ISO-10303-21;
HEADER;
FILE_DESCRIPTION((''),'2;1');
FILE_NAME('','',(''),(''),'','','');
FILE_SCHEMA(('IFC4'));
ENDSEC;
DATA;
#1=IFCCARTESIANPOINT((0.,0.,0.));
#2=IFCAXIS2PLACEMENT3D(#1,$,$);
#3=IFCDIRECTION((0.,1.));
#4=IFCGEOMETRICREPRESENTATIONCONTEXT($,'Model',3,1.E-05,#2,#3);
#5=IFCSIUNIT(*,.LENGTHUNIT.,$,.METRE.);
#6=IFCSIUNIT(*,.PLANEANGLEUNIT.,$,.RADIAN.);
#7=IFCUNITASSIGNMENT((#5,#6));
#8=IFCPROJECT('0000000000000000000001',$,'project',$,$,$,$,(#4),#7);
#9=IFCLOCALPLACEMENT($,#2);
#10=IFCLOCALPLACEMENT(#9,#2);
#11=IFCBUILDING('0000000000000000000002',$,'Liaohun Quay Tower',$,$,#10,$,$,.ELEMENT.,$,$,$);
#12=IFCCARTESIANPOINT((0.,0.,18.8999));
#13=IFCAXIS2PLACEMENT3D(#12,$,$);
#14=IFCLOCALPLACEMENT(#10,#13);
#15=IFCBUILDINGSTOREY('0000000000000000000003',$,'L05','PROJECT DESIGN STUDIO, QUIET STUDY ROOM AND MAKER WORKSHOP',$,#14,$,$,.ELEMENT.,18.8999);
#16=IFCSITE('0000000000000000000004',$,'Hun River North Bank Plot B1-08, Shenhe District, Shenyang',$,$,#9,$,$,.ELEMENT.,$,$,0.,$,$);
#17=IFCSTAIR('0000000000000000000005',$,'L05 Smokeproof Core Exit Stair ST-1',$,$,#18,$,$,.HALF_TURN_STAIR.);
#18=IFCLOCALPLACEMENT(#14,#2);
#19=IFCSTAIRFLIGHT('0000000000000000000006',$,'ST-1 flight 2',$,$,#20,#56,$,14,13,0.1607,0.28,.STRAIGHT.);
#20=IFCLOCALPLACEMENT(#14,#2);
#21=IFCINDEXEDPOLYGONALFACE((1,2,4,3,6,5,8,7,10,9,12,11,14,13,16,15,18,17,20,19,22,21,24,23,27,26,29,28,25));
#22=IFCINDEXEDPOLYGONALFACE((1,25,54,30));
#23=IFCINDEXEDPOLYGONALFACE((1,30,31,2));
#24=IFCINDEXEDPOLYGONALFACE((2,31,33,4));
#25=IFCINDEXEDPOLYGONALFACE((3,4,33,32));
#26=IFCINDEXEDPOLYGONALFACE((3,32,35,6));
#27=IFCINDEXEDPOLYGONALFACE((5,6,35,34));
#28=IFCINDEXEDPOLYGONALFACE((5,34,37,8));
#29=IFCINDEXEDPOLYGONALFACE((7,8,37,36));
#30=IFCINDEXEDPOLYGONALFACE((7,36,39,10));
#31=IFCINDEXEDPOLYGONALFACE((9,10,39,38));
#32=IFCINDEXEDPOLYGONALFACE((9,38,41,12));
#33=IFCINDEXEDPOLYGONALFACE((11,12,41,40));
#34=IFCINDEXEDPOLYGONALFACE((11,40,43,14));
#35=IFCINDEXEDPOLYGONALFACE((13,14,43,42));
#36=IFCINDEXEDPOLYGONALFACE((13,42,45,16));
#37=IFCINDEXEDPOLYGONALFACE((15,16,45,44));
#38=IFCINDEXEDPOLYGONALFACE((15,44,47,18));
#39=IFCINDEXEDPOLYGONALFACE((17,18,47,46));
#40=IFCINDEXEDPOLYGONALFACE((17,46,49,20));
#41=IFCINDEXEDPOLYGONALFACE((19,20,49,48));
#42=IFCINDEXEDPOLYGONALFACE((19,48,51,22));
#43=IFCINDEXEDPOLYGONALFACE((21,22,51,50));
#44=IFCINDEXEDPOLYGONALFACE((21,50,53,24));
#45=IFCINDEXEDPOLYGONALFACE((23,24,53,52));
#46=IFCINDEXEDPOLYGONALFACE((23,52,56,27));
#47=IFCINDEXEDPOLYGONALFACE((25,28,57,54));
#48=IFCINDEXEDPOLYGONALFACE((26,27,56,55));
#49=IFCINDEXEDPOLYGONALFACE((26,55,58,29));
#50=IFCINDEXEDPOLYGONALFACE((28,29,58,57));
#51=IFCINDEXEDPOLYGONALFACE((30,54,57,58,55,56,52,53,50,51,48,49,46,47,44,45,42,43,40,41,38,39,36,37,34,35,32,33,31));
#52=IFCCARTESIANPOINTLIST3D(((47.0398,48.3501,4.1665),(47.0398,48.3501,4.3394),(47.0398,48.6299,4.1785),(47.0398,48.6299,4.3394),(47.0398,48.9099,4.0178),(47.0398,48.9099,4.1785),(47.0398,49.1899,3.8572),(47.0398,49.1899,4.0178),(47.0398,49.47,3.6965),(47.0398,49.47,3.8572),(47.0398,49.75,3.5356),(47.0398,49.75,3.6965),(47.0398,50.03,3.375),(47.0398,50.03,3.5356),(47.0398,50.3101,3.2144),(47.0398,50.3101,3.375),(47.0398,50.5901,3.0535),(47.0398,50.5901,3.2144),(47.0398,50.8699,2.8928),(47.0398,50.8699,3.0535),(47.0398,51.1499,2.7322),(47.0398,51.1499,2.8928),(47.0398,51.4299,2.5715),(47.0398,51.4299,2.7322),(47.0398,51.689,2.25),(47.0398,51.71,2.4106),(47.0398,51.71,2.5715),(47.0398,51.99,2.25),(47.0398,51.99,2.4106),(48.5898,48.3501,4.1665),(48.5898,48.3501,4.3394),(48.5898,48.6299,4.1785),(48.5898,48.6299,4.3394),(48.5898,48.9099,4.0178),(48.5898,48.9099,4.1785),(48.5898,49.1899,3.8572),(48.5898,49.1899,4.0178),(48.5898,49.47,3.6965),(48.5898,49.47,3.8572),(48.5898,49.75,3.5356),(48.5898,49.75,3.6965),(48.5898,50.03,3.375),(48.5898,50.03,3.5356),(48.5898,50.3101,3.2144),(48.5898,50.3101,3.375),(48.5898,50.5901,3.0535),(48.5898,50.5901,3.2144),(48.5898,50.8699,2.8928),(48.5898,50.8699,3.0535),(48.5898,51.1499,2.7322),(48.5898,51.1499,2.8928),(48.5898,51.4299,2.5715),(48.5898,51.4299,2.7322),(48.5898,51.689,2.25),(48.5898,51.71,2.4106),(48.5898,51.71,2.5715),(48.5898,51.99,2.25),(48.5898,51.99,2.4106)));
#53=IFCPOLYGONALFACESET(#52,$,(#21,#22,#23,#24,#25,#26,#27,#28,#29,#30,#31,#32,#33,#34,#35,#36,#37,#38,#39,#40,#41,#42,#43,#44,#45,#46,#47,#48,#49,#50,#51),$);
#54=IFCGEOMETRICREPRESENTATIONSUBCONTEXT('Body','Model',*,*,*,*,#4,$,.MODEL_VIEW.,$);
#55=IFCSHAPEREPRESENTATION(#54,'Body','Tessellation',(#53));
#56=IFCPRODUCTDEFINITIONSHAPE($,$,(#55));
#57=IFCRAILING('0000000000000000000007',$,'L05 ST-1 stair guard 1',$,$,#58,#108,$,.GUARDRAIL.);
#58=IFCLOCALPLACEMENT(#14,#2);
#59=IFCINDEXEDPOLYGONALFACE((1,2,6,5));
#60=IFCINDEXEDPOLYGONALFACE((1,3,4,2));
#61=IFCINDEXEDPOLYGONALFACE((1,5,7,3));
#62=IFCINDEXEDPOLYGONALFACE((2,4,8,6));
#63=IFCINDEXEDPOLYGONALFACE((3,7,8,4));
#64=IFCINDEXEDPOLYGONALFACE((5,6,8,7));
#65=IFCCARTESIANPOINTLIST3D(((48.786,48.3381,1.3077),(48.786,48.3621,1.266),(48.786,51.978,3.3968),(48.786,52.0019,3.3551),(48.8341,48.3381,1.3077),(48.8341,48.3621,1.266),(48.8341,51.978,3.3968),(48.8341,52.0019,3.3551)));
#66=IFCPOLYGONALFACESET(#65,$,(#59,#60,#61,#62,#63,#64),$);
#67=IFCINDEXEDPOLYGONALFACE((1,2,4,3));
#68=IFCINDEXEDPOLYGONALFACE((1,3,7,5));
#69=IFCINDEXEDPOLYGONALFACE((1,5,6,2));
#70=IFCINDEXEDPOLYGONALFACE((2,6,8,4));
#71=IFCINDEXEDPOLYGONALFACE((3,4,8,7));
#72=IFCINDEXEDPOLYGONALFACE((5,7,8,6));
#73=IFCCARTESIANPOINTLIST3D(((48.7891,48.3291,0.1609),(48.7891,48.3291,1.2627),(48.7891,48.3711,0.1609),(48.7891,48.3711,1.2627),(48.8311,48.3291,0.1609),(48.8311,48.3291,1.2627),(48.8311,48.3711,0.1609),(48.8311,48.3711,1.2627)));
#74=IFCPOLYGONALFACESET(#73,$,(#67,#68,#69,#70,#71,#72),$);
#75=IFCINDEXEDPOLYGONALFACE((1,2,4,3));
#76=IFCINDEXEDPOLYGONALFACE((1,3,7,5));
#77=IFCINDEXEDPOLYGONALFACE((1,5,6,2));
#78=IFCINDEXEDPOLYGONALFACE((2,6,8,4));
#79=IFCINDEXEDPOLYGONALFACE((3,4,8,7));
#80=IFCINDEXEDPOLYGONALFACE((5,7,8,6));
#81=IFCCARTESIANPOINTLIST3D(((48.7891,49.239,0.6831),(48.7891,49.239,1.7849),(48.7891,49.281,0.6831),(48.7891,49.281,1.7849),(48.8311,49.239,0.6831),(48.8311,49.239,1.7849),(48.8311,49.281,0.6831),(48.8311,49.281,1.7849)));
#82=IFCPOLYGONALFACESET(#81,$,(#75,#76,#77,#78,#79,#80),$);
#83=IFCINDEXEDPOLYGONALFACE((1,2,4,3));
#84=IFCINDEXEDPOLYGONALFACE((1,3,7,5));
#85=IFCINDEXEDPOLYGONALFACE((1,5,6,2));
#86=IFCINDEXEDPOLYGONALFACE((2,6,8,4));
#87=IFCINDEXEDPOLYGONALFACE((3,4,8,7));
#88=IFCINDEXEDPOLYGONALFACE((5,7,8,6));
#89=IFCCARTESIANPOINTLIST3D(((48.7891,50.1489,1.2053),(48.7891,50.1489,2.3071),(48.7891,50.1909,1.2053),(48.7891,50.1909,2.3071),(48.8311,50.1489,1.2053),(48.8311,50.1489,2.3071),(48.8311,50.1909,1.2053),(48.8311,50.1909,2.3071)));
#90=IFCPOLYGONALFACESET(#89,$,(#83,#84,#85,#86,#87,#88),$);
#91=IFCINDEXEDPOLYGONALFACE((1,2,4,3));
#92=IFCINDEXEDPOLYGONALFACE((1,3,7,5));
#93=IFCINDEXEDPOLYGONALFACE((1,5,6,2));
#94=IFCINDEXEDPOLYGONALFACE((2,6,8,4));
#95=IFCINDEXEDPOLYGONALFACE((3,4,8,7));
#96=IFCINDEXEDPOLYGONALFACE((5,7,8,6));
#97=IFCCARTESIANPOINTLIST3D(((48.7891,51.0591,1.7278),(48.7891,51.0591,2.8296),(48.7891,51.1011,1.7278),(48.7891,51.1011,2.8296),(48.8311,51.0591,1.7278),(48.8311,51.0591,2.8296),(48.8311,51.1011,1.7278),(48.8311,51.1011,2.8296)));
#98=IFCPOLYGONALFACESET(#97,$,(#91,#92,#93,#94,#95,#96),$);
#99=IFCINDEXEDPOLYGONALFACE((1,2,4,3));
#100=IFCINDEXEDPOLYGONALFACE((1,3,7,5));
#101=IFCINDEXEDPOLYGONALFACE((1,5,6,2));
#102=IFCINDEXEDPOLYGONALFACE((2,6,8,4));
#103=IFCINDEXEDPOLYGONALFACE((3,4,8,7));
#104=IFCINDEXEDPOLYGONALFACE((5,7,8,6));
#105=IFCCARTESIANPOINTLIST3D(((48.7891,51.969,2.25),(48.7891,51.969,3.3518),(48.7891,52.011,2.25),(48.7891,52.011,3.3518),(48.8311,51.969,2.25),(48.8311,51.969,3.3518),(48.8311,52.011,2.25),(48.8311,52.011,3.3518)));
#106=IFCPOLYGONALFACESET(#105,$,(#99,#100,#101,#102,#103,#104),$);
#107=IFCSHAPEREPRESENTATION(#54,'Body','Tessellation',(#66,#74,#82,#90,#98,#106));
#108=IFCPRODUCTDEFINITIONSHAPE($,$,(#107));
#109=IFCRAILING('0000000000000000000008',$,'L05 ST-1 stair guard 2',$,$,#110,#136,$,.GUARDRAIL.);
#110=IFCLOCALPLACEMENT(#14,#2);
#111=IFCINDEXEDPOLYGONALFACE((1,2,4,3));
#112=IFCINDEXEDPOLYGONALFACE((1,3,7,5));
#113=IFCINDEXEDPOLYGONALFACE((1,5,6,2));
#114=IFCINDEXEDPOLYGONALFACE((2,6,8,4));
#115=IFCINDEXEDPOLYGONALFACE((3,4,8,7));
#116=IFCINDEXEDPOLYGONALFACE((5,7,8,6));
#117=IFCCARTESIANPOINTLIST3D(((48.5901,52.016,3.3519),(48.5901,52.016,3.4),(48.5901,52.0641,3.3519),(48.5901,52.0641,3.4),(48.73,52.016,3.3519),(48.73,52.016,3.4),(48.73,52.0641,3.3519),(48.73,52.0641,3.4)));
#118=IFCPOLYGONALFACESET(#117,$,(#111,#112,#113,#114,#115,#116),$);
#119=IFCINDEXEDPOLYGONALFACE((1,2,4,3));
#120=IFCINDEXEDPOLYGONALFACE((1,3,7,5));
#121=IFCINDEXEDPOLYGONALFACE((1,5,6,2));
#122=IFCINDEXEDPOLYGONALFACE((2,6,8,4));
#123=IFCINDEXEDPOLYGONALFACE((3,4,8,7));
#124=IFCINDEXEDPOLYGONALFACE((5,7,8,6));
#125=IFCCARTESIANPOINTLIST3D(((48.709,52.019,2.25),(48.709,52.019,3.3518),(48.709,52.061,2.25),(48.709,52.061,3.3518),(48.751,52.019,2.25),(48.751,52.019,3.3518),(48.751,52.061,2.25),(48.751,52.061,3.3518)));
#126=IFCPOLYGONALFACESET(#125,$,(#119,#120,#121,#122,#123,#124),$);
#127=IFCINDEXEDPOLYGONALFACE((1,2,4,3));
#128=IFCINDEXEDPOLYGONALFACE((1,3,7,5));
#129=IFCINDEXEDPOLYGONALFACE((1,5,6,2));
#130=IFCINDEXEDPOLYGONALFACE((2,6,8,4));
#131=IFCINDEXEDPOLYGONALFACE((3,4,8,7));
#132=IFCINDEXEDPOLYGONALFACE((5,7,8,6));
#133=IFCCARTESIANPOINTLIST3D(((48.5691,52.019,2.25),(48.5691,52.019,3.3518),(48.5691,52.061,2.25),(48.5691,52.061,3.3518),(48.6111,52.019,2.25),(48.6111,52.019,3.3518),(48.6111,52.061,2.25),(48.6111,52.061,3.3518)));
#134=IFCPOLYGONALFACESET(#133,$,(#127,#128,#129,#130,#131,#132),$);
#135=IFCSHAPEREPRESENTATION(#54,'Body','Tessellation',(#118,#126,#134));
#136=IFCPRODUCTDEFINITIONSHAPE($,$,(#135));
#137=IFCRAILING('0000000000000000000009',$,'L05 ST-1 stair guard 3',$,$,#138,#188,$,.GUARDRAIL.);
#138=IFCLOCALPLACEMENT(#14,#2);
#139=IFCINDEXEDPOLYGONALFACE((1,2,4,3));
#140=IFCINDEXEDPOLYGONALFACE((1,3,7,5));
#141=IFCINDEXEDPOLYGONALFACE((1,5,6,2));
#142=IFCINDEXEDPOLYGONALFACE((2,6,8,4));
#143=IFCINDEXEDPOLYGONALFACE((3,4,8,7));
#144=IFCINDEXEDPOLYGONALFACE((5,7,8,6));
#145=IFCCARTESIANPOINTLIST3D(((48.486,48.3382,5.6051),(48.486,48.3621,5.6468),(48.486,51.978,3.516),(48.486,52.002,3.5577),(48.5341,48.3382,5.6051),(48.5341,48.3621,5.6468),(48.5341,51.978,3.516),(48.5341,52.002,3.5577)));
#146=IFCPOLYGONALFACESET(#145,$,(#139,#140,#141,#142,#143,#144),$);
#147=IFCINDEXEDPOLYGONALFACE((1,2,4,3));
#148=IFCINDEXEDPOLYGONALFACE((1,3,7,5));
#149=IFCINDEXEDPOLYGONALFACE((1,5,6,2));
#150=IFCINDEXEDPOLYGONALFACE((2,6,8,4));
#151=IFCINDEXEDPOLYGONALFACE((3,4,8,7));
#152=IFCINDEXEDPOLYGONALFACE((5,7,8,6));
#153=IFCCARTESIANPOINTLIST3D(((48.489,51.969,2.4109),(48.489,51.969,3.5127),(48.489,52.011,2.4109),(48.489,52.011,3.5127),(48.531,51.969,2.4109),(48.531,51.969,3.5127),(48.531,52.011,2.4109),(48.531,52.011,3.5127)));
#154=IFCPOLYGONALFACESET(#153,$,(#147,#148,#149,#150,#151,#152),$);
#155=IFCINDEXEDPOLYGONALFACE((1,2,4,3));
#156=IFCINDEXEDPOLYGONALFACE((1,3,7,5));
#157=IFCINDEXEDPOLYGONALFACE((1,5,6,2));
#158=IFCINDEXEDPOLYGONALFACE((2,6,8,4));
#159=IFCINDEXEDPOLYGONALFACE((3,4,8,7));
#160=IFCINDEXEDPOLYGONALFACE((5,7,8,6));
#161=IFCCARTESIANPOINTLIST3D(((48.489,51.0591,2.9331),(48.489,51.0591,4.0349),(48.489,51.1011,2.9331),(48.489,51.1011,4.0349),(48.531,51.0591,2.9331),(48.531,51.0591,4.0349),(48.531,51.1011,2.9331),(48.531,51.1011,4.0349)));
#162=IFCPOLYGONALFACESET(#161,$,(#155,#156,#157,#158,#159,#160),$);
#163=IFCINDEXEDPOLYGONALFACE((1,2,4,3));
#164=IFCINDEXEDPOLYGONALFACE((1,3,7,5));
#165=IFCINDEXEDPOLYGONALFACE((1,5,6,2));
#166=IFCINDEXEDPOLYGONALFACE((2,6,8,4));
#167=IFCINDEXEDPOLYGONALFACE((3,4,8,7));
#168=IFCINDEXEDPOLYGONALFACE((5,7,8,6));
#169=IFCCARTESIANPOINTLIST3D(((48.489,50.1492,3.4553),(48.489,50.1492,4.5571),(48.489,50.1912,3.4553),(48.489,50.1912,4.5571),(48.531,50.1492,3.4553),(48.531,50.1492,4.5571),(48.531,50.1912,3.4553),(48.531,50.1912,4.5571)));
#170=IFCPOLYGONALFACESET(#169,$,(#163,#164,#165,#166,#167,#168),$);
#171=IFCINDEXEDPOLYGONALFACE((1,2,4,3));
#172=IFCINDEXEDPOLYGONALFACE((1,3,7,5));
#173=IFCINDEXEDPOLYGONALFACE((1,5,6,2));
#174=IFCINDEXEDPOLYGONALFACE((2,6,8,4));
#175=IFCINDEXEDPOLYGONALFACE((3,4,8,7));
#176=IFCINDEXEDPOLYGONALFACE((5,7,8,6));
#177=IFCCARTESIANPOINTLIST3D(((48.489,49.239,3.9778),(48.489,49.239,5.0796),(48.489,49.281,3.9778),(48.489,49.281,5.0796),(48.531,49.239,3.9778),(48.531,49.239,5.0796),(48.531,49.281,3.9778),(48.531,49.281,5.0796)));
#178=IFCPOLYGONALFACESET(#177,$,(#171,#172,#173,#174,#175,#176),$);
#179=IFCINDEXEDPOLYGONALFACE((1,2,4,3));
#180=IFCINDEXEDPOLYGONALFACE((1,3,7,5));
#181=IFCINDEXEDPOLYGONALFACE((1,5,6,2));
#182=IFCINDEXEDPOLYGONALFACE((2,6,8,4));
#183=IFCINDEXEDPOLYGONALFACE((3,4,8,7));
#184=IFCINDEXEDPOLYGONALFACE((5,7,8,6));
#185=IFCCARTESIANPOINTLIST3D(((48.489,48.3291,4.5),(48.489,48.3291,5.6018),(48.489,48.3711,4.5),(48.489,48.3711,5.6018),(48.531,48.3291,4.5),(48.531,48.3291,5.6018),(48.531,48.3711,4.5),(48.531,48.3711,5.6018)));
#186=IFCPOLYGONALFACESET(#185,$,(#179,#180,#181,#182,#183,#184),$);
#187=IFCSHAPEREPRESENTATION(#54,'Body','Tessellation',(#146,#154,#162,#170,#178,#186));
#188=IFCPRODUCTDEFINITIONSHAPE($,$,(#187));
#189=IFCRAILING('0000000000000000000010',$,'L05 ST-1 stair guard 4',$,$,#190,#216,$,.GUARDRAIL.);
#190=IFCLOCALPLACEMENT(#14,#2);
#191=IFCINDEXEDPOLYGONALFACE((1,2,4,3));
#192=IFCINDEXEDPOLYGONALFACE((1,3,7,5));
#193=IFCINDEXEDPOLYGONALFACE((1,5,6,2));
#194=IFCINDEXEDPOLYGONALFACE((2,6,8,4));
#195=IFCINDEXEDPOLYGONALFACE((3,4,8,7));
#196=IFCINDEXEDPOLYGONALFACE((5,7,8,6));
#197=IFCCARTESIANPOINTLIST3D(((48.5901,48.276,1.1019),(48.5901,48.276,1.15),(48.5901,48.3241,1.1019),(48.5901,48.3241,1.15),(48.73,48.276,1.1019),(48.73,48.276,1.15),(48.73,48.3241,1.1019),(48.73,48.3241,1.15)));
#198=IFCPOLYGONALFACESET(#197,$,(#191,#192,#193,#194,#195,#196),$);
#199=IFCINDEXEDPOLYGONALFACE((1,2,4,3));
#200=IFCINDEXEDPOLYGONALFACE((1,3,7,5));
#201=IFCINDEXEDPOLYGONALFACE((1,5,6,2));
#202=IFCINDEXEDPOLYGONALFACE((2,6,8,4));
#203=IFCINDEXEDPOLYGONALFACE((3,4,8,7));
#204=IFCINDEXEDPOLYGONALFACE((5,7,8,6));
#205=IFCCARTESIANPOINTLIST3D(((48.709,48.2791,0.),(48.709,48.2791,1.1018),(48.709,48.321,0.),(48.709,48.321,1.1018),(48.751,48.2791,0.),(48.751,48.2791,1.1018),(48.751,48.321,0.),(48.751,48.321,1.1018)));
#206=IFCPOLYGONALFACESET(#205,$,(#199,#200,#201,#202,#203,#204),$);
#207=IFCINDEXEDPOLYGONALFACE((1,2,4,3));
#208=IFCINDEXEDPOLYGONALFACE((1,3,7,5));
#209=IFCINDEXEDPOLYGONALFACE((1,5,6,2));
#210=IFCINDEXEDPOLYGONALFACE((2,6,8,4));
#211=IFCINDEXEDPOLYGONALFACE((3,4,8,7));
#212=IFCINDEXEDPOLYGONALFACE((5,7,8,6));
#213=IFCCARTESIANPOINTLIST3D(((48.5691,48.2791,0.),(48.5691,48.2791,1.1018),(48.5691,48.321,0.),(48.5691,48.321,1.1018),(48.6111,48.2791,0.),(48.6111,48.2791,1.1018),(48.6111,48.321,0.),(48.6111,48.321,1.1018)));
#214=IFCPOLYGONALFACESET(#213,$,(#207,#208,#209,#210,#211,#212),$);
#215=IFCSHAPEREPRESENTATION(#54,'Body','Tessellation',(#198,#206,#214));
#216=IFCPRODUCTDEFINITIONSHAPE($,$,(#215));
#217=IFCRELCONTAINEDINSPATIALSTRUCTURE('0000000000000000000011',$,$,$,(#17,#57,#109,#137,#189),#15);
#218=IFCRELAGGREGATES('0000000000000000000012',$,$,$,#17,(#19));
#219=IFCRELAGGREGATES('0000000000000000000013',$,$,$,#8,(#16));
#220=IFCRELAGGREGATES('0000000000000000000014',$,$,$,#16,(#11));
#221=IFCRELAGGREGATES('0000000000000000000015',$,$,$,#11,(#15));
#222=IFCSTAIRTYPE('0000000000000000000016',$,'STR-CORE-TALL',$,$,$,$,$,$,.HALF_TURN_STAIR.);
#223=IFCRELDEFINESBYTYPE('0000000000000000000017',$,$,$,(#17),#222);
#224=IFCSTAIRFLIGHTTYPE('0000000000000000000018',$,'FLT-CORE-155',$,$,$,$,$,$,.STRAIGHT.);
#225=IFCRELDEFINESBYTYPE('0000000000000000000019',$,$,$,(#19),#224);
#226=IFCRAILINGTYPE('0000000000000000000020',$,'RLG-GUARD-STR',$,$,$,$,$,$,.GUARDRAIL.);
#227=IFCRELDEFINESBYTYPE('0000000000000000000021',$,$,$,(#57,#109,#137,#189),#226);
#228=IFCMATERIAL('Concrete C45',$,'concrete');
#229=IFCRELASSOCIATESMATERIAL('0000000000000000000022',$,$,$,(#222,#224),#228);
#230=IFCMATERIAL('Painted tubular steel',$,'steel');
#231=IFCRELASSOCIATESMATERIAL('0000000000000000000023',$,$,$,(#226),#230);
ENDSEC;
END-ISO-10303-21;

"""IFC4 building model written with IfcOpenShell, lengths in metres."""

from ifc_helpers import new_model, si_unit, direction, frame, origin, origin_2d, place, context, subcontext, project, spatial, polyline, rectangle, outline, extrude, material, type_object, element, aggregate, save


model = new_model("IFC4")

# Units and contexts
model_context = context("Model", 3, precision=1e-05, world=origin(), true_north=direction((0.0, 1.0)))
body_context = subcontext(model_context, "Body", "Model", "MODEL_VIEW")
ifc_project = project(units=[si_unit("LENGTHUNIT", "METRE"), si_unit("PLANEANGLEUNIT", "RADIAN")], contexts=[model_context])

# Site, building, storey
site_placement = place(None, origin())
site = spatial("IfcSite", under=ifc_project, at=site_placement, Name="Hun River North Bank Plot B1-08, Shenhe District, Shenyang", CompositionType="ELEMENT", RefElevation=0.0)
building_placement = place(site_placement, origin())
building = spatial("IfcBuilding", under=site, at=building_placement, Name="Liaohun Quay Tower", CompositionType="ELEMENT")
storey_placement = place(building_placement, frame((0.0, 0.0, 18.8999)))
storey = spatial("IfcBuildingStorey", under=building, at=storey_placement, Name="L05", Description="PROJECT DESIGN STUDIO, QUIET STUDY ROOM AND MAKER WORKSHOP", CompositionType="ELEMENT", Elevation=18.8999)

# Stair, stair flight
ifc_material_1 = material(Name="Concrete C45", Category="concrete")
stair_type = type_object("IfcStairType", Name="STR-CORE-TALL", PredefinedType="HALF_TURN_STAIR", material=ifc_material_1)
stair_placement = place(storey_placement, origin())
stair = element("IfcStair", 1, at=stair_placement, inside=storey, type_object=stair_type, Name="L05 Smokeproof Core Exit Stair ST-1", PredefinedType="HALF_TURN_STAIR")
stair_flight_type = type_object("IfcStairFlightType", Name="FLT-CORE-155", PredefinedType="STRAIGHT", material=ifc_material_1)
stair_flight_1_placement = place(storey_placement, frame((47.8149, 51.99, 2.25), z_axis=(0.0, 0.0, 1.0), x_axis=(0.0, -1.0, 0.0)))
stair_flight_1 = element("IfcStairFlight", 2, at=stair_flight_1_placement, type_object=stair_flight_type, Name="ST-1 flight 2", NumberOfRisers=14, NumberOfTreads=13, PredefinedType="STRAIGHT", RiserHeight=0.1607, TreadLength=0.28, context=body_context, shape_type="SweptSolid", body=[
    extrude(outline(polyline([(0.0, 0.0), (0.0, 0.1606), (0.28, 0.1606), (0.28, 0.3215), (0.5601, 0.3215), (0.5601, 0.4822), (0.8401, 0.4822), (0.8401, 0.6428), (1.1201, 0.6428), (1.1201, 0.8035), (1.3999, 0.8035), (1.3999, 0.9644), (1.6799, 0.9644), (1.6799, 1.125), (1.96, 1.125), (1.96, 1.2856), (2.24, 1.2856), (2.24, 1.4465), (2.52, 1.4465), (2.52, 1.6072), (2.8, 1.6072), (2.8, 1.7678), (3.0801, 1.7678), (3.0801, 1.9285), (3.3601, 1.9285), (3.3601, 2.0894), (3.6399, 2.0894), (3.6399, 2.25), (3.6399, 1.9165), (0.301, 0.0), (0.0, 0.0)])), frame((0.0, 0.7749, 0.0), z_axis=(0.0, -1.0, 0.0), x_axis=(1.0, 0.0, 0.0)), (0.0, 0.0, 1.0), 1.55),
])
aggregate(stair, [stair_flight_1])

# Railings
ifc_material_2 = material(Name="Painted tubular steel", Category="steel")
railing_type_1 = type_object("IfcRailingType", Name="RLG-GUARD-STR", PredefinedType="GUARDRAIL", material=ifc_material_2)
railing_1_placement = place(storey_placement, frame((48.8101, 48.3501, 0.1609)))
element("IfcRailing", 3, at=railing_1_placement, inside=storey, type_object=railing_type_1, Name="L05 ST-1 stair guard 1", PredefinedType="GUARDRAIL", context=body_context, shape_type="SweptSolid", body=[
    extrude(rectangle(XDim=0.0481, YDim=0.0481, at=origin_2d()), frame((0.0, 0.0, 1.126), z_axis=(0.0, 0.8673, 0.497786), x_axis=(-1.0, 0.0, 0.0)), (0.0, 0.0, 1.0), 4.1968),
    extrude(rectangle(XDim=0.042, YDim=0.042, at=origin_2d()), origin(), (0.0, 0.0, 1.0), 1.1018),
    extrude(rectangle(XDim=0.042, YDim=0.042, at=origin_2d()), frame((0.0, 0.9099, 0.5222)), (0.0, 0.0, 1.0), 1.1018),
    extrude(rectangle(XDim=0.042, YDim=0.042, at=origin_2d()), frame((0.0, 1.8198, 1.0444)), (0.0, 0.0, 1.0), 1.1018),
    extrude(rectangle(XDim=0.042, YDim=0.042, at=origin_2d()), frame((0.0, 2.73, 1.5669)), (0.0, 0.0, 1.0), 1.1018),
    extrude(rectangle(XDim=0.042, YDim=0.042, at=origin_2d()), frame((0.0, 3.6399, 2.0891)), (0.0, 0.0, 1.0), 1.1018),
])
railing_2_placement = place(storey_placement, frame((48.73, 52.04, 2.25)))
element("IfcRailing", 4, at=railing_2_placement, inside=storey, type_object=railing_type_1, Name="L05 ST-1 stair guard 2", PredefinedType="GUARDRAIL", context=body_context, shape_type="SweptSolid", body=[
    extrude(rectangle(XDim=0.0481, YDim=0.0481, at=origin_2d()), frame((0.0, 0.0, 1.126), z_axis=(-1.0, 0.0, 0.0), x_axis=(0.0, -1.0, 0.0)), (0.0, 0.0, 1.0), 0.1399),
    extrude(rectangle(XDim=0.042, YDim=0.042, at=origin_2d()), origin(), (0.0, 0.0, 1.0), 1.1018),
    extrude(rectangle(XDim=0.042, YDim=0.042, at=origin_2d()), frame((-0.1399, 0.0, 0.0)), (0.0, 0.0, 1.0), 1.1018),
])
railing_3_placement = place(storey_placement, frame((48.51, 51.99, 2.4109)))
element("IfcRailing", 5, at=railing_3_placement, inside=storey, type_object=railing_type_1, Name="L05 ST-1 stair guard 3", PredefinedType="GUARDRAIL", context=body_context, shape_type="SweptSolid", body=[
    extrude(rectangle(XDim=0.0481, YDim=0.0481, at=origin_2d()), frame((0.0, 0.0, 1.126), z_axis=(0.0, -0.8673, 0.497786), x_axis=(1.0, 0.0, 0.0)), (0.0, 0.0, 1.0), 4.1968),
    extrude(rectangle(XDim=0.042, YDim=0.042, at=origin_2d()), origin(), (0.0, 0.0, 1.0), 1.1018),
    extrude(rectangle(XDim=0.042, YDim=0.042, at=origin_2d()), frame((0.0, -0.9099, 0.5222)), (0.0, 0.0, 1.0), 1.1018),
    extrude(rectangle(XDim=0.042, YDim=0.042, at=origin_2d()), frame((0.0, -1.8198, 1.0444)), (0.0, 0.0, 1.0), 1.1018),
    extrude(rectangle(XDim=0.042, YDim=0.042, at=origin_2d()), frame((0.0, -2.73, 1.5669)), (0.0, 0.0, 1.0), 1.1018),
    extrude(rectangle(XDim=0.042, YDim=0.042, at=origin_2d()), frame((0.0, -3.6399, 2.0891)), (0.0, 0.0, 1.0), 1.1018),
])
railing_4_placement = place(storey_placement, frame((48.73, 48.3, 0.0)))
element("IfcRailing", 6, at=railing_4_placement, inside=storey, type_object=railing_type_1, Name="L05 ST-1 stair guard 4", PredefinedType="GUARDRAIL", context=body_context, shape_type="SweptSolid", body=[
    extrude(rectangle(XDim=0.0481, YDim=0.0481, at=origin_2d()), frame((0.0, 0.0, 1.126), z_axis=(-1.0, 0.0, 0.0), x_axis=(0.0, -1.0, 0.0)), (0.0, 0.0, 1.0), 0.1399),
    extrude(rectangle(XDim=0.042, YDim=0.042, at=origin_2d()), origin(), (0.0, 0.0, 1.0), 1.1018),
    extrude(rectangle(XDim=0.042, YDim=0.042, at=origin_2d()), frame((-0.1399, 0.0, 0.0)), (0.0, 0.0, 1.0), 1.1018),
])

save(model, "model.ifc")
